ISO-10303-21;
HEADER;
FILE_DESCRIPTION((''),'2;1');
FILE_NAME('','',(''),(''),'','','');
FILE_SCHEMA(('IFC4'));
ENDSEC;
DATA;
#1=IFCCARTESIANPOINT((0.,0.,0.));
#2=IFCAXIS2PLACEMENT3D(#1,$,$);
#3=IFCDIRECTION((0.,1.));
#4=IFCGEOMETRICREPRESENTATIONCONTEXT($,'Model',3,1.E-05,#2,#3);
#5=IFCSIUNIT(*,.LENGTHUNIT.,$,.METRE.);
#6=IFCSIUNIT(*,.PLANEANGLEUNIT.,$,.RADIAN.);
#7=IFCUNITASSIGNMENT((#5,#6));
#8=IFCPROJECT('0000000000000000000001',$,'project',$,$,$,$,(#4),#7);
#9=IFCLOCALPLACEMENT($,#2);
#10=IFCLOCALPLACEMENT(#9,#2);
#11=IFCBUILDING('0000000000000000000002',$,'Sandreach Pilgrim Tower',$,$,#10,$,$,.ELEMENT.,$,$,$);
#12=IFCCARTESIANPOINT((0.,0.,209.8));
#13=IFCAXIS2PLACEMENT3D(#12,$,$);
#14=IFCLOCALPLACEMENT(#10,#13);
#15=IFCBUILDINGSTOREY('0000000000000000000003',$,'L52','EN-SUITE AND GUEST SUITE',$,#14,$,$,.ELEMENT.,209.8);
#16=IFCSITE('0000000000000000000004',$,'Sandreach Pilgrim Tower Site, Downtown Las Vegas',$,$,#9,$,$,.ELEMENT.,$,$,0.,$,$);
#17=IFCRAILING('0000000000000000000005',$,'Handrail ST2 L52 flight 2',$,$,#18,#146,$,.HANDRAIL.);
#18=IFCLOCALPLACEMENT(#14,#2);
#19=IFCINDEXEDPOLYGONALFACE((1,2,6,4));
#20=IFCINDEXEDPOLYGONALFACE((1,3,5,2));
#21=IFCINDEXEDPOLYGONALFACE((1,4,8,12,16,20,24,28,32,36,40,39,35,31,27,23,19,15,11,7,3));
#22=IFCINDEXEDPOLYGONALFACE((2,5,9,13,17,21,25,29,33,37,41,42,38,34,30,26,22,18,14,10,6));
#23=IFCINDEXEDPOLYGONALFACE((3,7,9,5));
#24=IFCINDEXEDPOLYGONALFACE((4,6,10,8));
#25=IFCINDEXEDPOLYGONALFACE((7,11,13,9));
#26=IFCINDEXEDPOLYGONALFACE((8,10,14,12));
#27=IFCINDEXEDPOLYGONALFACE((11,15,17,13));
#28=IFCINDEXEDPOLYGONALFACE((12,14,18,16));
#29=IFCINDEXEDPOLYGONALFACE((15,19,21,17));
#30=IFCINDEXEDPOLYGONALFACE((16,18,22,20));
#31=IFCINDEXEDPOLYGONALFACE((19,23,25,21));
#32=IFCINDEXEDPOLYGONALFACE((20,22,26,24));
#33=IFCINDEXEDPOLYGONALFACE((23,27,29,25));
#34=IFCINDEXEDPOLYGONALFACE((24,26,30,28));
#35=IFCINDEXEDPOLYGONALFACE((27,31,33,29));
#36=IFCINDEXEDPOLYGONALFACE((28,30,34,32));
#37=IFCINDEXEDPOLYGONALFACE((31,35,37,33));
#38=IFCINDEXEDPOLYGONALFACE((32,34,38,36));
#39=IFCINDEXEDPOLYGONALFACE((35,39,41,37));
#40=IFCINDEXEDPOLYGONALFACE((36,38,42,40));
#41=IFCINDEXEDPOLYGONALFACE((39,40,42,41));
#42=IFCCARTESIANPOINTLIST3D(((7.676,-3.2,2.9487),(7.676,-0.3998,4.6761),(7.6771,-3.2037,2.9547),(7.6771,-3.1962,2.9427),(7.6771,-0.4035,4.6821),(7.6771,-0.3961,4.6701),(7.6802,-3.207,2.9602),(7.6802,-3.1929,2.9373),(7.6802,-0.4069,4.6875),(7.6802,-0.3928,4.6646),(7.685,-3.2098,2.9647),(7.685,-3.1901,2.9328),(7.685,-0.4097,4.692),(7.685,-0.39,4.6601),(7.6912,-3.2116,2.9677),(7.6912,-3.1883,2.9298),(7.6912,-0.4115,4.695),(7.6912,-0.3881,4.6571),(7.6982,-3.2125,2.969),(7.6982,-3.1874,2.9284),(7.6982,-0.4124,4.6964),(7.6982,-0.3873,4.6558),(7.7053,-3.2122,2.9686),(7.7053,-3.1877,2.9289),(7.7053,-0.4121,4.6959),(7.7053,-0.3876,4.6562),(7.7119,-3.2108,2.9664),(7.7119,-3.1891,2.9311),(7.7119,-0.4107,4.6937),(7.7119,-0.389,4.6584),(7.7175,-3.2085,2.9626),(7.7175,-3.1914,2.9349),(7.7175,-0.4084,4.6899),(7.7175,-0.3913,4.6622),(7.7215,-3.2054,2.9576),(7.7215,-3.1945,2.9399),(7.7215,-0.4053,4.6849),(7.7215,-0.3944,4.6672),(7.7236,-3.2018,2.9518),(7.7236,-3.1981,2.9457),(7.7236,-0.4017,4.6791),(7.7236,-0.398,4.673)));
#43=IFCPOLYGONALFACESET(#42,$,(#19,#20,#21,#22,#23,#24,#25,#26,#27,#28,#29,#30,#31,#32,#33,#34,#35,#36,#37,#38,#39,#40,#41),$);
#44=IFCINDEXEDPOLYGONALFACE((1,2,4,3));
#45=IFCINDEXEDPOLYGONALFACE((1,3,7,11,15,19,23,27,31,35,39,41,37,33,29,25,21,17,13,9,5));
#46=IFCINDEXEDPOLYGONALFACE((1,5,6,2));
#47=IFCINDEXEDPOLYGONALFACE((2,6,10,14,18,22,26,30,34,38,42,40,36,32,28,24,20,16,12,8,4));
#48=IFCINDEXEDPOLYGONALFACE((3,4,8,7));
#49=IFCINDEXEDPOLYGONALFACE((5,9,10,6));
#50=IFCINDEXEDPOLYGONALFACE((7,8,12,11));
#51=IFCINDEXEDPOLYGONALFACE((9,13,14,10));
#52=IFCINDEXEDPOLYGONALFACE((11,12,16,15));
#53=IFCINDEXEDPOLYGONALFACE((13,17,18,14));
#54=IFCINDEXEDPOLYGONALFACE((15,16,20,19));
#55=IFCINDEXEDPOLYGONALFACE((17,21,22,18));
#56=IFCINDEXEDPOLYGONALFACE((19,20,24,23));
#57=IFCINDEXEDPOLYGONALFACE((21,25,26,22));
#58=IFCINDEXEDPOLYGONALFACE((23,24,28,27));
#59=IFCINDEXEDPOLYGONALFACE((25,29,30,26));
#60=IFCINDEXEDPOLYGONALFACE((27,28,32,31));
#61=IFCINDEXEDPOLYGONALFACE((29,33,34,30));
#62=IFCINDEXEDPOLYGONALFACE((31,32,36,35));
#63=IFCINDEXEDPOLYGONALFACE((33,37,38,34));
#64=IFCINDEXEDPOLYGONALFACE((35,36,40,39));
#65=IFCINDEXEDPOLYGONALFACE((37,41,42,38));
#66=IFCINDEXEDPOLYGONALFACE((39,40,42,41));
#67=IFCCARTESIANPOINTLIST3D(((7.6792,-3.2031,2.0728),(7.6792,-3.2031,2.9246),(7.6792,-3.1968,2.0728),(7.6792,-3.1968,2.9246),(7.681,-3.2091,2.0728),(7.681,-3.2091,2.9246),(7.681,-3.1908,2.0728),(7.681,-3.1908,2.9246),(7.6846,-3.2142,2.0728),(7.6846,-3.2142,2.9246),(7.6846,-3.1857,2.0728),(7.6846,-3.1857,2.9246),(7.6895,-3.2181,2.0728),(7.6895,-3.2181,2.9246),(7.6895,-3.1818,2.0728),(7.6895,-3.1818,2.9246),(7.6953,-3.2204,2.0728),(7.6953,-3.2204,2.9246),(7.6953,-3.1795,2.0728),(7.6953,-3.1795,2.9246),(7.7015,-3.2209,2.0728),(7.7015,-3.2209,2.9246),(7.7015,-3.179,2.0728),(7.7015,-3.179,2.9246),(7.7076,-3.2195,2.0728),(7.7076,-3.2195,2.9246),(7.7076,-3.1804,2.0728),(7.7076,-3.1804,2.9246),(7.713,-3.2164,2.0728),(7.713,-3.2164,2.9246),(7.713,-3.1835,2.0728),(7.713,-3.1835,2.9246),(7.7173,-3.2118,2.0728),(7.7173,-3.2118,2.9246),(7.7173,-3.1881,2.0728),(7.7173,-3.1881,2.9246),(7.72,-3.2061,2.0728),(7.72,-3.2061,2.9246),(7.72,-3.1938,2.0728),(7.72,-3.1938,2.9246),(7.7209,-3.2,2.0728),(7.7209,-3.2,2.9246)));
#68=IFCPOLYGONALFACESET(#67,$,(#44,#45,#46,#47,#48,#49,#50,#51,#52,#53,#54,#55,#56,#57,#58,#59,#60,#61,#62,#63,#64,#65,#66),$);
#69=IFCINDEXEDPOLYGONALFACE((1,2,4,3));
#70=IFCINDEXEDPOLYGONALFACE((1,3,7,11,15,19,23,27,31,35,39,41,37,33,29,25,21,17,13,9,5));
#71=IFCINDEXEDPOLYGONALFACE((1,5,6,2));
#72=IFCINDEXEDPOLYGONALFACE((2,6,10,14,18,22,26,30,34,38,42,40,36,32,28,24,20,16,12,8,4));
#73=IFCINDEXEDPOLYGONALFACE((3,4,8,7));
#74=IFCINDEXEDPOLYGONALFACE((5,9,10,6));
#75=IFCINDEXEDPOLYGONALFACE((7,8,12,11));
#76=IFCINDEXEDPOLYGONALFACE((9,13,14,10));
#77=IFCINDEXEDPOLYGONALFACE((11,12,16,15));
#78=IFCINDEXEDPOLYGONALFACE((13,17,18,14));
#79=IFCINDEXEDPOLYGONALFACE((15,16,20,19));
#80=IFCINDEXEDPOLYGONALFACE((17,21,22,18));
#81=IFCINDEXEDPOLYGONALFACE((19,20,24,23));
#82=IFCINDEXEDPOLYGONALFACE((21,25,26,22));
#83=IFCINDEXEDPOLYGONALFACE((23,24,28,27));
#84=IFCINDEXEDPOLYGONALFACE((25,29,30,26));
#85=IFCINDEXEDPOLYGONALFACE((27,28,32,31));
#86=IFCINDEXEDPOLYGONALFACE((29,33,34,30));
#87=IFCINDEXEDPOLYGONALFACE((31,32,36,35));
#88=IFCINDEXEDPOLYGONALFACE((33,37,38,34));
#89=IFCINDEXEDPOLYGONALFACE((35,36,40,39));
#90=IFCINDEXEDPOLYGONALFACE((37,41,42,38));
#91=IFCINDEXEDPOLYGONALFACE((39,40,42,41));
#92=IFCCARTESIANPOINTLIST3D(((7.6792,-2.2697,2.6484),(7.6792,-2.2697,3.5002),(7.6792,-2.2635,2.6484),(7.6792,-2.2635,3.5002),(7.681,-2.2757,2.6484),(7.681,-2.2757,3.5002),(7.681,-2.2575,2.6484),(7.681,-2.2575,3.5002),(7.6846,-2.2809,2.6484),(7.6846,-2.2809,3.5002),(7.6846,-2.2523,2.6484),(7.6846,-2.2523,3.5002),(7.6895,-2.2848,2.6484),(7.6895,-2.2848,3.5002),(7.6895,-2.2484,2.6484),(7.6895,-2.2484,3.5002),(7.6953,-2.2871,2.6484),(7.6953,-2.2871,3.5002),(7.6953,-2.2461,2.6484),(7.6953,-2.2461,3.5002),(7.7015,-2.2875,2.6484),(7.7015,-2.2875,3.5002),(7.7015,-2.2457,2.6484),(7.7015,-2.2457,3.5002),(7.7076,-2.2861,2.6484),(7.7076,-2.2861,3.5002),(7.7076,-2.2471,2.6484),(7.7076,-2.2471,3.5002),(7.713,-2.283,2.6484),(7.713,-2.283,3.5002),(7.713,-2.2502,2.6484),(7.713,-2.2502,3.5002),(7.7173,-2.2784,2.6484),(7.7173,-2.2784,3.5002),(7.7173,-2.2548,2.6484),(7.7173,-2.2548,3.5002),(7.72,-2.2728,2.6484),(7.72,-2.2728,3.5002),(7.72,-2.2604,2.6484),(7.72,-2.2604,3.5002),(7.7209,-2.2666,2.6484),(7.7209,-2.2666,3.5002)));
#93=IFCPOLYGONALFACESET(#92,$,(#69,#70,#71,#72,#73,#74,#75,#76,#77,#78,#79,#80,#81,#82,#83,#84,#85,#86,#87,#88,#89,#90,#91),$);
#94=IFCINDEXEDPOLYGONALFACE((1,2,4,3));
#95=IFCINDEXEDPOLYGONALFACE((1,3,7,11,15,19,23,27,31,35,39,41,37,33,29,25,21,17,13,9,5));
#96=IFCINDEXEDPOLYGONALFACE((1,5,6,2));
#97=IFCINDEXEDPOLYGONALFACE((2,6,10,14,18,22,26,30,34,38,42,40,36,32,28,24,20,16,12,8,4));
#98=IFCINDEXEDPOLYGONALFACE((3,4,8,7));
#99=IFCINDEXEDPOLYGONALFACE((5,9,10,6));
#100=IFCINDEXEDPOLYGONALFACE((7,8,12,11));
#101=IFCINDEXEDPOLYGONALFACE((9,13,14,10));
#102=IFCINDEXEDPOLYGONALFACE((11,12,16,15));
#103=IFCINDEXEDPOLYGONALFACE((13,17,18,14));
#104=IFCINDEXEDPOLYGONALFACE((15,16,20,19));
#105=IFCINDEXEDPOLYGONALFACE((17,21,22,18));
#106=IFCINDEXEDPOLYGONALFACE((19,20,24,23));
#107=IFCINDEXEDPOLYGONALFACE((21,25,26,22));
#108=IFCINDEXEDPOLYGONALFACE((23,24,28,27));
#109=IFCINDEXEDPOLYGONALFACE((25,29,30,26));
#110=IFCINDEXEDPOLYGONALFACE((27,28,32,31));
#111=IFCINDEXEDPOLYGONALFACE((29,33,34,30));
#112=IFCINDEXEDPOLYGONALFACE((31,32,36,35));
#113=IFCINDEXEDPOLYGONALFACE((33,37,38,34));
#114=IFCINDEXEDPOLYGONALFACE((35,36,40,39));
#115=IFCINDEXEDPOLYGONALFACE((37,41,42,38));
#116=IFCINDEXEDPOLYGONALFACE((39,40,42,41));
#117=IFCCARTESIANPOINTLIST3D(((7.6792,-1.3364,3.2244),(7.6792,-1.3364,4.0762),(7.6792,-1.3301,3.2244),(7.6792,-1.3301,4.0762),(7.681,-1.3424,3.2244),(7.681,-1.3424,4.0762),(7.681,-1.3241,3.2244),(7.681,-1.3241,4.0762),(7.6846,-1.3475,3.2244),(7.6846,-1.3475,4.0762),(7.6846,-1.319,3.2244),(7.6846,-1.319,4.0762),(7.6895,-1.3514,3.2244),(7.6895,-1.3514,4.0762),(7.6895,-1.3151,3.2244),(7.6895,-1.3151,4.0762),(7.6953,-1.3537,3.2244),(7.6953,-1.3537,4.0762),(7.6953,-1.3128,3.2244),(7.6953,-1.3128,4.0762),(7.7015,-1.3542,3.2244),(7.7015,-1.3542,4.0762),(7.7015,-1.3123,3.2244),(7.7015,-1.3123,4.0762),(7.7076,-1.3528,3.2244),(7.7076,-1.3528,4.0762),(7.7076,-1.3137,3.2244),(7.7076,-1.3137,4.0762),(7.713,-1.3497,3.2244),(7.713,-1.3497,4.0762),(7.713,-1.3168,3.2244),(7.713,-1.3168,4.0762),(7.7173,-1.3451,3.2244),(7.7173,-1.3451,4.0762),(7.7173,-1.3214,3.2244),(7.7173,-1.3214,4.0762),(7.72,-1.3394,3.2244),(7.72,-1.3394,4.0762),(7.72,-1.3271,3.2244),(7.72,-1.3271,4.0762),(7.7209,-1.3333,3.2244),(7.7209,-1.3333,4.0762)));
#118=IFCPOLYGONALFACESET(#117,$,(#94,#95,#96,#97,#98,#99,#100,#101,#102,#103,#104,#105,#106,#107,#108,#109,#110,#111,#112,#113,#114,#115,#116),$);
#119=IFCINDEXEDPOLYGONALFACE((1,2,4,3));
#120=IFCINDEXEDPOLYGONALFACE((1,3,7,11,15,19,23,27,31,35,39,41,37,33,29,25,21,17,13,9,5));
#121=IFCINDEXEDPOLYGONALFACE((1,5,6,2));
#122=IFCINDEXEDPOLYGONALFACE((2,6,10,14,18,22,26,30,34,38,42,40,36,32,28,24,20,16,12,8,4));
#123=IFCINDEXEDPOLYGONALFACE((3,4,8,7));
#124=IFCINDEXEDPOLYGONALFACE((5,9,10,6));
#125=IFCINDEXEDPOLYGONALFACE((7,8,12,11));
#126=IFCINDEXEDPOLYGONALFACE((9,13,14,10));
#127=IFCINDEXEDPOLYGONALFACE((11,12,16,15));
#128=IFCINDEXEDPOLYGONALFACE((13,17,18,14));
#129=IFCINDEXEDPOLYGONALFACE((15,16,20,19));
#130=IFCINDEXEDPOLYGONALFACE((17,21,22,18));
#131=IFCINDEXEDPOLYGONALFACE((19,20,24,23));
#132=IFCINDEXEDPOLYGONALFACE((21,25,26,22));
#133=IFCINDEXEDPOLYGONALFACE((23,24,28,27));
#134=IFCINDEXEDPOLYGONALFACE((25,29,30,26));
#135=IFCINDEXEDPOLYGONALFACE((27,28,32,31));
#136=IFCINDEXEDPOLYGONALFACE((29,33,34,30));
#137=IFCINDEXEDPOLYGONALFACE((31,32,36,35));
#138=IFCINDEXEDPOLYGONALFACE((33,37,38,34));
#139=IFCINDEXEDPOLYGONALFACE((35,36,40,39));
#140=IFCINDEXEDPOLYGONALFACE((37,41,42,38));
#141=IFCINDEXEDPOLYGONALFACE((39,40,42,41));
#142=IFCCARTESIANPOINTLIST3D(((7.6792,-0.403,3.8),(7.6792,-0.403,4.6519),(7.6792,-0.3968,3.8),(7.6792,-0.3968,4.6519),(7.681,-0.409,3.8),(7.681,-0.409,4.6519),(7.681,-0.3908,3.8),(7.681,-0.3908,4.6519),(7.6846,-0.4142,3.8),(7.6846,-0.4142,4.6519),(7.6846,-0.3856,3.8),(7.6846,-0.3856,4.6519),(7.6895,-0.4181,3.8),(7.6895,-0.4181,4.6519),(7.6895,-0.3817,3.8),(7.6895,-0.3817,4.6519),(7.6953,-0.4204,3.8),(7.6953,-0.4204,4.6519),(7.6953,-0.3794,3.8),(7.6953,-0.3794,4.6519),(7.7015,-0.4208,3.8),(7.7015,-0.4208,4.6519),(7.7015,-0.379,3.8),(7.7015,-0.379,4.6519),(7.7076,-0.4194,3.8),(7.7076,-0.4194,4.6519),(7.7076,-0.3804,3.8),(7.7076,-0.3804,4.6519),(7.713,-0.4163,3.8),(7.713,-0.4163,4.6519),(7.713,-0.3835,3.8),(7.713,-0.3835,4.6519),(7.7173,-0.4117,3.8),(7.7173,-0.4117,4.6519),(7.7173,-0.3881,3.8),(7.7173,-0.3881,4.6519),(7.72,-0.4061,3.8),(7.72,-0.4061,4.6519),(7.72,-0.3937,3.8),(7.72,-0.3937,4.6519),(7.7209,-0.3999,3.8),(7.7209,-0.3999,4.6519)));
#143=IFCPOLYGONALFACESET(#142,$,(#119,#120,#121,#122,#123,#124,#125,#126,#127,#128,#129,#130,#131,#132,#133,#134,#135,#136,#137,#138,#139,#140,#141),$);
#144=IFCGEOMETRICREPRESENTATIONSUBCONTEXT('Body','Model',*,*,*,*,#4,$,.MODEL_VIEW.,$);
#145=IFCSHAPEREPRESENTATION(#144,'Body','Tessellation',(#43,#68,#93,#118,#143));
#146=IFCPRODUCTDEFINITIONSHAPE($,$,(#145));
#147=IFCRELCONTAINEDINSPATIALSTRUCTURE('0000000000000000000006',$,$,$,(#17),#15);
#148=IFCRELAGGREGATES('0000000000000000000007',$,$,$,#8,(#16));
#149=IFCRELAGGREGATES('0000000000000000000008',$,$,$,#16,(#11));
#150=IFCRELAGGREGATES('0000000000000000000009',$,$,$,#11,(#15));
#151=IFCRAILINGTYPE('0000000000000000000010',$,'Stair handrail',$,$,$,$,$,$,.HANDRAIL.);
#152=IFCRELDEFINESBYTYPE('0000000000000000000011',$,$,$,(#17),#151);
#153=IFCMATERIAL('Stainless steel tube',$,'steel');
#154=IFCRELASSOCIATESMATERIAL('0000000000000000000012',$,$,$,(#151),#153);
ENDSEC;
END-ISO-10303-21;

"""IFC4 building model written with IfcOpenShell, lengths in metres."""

from ifc_helpers import new_model, si_unit, direction, frame, origin, origin_2d, place, context, subcontext, project, spatial, circle, extrude, material, type_object, element, save


model = new_model("IFC4")

# Units and contexts
model_context = context("Model", 3, precision=1e-05, world=origin(), true_north=direction((0.0, 1.0)))
body_context = subcontext(model_context, "Body", "Model", "MODEL_VIEW")
ifc_project = project(units=[si_unit("LENGTHUNIT", "METRE"), si_unit("PLANEANGLEUNIT", "RADIAN")], contexts=[model_context])

# Site, building, storey
site_placement = place(None, origin())
site = spatial("IfcSite", under=ifc_project, at=site_placement, Name="Sandreach Pilgrim Tower Site, Downtown Las Vegas", CompositionType="ELEMENT", RefElevation=0.0)
building_placement = place(site_placement, origin())
building = spatial("IfcBuilding", under=site, at=building_placement, Name="Sandreach Pilgrim Tower", CompositionType="ELEMENT")
storey_placement = place(building_placement, frame((0.0, 0.0, 209.8)))
storey = spatial("IfcBuildingStorey", under=building, at=storey_placement, Name="L52", Description="EN-SUITE AND GUEST SUITE", CompositionType="ELEMENT", Elevation=209.8)

# Railing
ifc_material_1 = material(Name="Stainless steel tube", Category="steel")
railing_type = type_object("IfcRailingType", Name="Stair handrail", PredefinedType="HANDRAIL", material=ifc_material_1)
for number, where, name in (
    (1, (7.7, -3.2, 2.0728), "Handrail ST2 L52 flight 2"),
):
    element("IfcRailing", number, at=place(storey_placement, frame(where)), inside=storey, type_object=railing_type, Name=name, PredefinedType="HANDRAIL", context=body_context, shape_type="SweptSolid", body=[
        extrude(circle(Radius=0.0239, at=origin_2d()), frame((0.0, 0.0, 0.876), z_axis=(0.0, 0.85109, 0.52502), x_axis=(-1.0, 0.0, 0.0)), (0.0, 0.0, 1.0), 3.29),
        extrude(circle(Radius=0.021, at=origin_2d()), origin(), (0.0, 0.0, 1.0), 0.8518),
        extrude(circle(Radius=0.021, at=origin_2d()), frame((0.0, 0.9333, 0.5757)), (0.0, 0.0, 1.0), 0.8518),
        extrude(circle(Radius=0.021, at=origin_2d()), frame((0.0, 1.8667, 1.1516)), (0.0, 0.0, 1.0), 0.8518),
        extrude(circle(Radius=0.021, at=origin_2d()), frame((0.0, 2.8, 1.7273)), (0.0, 0.0, 1.0), 0.8518),
    ])

save(model, "model.ifc")
